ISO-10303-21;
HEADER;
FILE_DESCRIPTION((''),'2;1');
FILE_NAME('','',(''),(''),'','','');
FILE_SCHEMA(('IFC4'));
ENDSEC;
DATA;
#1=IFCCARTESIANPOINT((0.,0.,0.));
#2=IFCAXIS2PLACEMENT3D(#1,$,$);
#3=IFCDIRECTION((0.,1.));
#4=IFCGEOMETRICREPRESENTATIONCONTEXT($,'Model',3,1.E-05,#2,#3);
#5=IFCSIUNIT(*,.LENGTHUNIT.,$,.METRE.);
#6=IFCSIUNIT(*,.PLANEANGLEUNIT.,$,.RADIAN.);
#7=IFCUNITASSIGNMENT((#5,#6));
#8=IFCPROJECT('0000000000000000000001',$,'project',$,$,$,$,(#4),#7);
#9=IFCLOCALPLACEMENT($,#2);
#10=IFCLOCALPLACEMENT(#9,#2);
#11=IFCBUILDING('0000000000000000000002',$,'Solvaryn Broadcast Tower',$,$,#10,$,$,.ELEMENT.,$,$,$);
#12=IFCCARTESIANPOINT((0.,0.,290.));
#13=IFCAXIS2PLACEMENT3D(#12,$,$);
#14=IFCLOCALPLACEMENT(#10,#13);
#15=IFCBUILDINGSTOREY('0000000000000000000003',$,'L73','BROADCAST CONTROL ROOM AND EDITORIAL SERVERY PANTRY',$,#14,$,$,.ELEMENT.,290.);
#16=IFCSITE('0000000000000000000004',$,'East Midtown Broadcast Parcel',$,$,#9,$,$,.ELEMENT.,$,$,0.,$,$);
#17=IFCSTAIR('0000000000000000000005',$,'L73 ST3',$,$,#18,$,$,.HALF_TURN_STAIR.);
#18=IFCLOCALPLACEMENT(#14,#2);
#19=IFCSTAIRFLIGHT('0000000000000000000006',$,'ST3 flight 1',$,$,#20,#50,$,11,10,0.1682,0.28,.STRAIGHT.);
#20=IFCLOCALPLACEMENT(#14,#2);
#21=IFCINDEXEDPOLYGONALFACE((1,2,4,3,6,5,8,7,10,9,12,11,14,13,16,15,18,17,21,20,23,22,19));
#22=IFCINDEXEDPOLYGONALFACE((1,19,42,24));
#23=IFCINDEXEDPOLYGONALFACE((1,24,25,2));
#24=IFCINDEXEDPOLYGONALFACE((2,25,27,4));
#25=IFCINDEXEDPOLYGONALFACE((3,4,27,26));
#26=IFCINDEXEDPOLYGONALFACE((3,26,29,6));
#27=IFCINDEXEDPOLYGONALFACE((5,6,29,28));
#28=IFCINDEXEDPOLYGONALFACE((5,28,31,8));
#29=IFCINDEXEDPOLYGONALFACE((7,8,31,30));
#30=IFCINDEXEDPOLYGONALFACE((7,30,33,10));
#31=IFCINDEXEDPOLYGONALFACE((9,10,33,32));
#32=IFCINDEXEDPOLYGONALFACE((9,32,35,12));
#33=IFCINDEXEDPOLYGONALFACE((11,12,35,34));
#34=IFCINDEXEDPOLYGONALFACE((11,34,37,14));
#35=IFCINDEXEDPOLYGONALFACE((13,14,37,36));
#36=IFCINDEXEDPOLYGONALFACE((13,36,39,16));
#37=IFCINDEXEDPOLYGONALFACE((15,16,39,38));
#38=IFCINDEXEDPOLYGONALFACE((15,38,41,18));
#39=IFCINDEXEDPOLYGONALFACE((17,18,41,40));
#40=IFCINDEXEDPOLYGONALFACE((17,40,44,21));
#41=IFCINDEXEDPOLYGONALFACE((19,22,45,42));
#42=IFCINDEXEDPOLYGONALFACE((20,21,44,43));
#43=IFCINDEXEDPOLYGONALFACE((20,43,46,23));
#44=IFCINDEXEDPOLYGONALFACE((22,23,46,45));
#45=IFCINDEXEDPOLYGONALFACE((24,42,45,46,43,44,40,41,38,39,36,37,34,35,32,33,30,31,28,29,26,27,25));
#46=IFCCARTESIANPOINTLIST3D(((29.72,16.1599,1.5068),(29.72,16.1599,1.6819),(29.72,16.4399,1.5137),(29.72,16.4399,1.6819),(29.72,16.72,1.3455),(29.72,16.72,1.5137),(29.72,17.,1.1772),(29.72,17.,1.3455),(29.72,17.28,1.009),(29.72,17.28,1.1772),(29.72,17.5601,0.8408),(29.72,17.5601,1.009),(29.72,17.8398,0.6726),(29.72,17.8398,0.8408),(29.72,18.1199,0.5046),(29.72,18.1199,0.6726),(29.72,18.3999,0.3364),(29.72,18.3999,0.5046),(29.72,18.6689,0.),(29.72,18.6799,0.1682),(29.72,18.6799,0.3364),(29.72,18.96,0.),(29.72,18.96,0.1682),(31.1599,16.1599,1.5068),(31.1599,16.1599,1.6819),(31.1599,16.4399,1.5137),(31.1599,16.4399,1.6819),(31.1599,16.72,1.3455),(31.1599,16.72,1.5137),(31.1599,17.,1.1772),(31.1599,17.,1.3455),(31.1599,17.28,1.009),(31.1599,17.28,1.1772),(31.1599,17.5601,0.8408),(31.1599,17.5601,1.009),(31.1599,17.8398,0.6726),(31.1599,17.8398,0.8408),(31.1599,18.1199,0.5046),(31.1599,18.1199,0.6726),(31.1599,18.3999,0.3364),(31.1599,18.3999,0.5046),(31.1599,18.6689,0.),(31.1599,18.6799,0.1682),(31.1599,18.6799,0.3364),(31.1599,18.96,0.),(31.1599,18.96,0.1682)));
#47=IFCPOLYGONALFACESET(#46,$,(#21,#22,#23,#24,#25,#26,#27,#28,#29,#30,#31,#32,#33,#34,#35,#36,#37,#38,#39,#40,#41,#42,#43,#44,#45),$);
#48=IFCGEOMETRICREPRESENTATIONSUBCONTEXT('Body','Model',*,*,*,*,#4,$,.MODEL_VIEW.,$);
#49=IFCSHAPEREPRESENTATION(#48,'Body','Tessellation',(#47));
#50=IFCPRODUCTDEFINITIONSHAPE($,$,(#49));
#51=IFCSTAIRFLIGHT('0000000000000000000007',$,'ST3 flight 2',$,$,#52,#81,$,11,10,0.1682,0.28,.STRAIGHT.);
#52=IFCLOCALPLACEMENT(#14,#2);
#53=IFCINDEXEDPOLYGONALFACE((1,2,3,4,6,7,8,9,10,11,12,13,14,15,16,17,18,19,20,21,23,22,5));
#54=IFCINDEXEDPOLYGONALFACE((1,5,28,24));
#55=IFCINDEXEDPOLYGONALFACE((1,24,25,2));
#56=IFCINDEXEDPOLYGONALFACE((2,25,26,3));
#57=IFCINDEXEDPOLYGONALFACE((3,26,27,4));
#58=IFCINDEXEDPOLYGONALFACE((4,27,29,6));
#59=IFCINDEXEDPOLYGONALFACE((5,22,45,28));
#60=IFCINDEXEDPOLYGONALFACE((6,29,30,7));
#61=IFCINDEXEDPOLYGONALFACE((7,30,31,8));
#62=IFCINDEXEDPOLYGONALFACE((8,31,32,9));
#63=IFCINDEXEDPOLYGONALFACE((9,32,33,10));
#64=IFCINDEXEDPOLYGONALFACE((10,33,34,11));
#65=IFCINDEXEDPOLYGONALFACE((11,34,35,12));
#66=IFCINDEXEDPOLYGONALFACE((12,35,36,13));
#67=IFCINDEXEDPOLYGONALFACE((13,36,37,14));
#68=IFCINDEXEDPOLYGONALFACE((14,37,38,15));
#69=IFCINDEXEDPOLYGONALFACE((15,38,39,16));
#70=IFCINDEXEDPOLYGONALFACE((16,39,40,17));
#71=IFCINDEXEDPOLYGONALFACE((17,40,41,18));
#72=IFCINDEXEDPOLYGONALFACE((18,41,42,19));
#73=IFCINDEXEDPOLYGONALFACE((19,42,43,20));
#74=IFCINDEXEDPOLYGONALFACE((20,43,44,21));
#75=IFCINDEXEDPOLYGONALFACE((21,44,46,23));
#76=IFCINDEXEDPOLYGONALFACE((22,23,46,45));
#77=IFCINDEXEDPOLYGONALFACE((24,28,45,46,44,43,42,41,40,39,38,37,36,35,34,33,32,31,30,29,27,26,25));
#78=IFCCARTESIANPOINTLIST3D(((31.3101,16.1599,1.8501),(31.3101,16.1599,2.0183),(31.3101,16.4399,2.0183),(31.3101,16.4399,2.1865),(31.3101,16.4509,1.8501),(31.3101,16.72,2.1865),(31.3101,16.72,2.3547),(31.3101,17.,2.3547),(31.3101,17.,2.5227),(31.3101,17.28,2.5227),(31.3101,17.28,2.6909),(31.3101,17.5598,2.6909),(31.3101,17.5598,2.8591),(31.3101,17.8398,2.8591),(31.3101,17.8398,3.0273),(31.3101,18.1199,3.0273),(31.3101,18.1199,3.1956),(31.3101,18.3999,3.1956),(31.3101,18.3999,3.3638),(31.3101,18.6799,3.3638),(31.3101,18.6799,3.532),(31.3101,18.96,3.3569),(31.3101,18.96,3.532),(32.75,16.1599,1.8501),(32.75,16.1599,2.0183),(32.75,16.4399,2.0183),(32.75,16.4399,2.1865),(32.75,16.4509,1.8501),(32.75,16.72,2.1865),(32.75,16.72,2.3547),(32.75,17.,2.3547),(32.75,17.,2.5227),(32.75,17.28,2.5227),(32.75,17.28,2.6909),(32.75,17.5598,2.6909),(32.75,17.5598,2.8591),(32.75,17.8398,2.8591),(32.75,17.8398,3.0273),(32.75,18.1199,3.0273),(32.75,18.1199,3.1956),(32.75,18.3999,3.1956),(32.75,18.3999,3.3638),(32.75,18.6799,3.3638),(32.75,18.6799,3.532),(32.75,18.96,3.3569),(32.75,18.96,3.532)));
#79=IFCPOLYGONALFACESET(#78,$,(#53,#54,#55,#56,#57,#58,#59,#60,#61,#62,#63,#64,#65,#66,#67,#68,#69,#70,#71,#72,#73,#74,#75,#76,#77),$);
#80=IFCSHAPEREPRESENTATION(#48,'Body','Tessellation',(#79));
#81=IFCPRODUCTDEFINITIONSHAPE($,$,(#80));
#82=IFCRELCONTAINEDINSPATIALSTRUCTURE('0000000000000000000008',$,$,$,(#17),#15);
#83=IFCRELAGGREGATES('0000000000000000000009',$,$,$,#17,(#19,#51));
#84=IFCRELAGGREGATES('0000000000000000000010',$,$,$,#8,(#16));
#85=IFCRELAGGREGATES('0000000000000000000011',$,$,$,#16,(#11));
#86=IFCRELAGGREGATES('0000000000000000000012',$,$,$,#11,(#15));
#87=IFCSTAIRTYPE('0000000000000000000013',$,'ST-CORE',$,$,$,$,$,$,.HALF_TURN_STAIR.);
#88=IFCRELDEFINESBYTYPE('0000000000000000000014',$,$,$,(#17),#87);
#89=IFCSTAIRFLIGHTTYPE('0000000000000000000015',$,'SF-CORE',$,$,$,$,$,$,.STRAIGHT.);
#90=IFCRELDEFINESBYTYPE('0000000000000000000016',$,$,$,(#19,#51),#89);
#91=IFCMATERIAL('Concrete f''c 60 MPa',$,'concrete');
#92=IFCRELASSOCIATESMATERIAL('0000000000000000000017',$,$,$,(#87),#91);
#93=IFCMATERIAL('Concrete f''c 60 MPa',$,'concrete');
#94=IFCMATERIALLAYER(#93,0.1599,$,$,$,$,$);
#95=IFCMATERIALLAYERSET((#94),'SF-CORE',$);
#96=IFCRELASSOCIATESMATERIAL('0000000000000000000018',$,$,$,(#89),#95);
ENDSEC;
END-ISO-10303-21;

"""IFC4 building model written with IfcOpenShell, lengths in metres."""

from ifc_helpers import new_model, si_unit, direction, frame, origin, place, context, subcontext, project, spatial, polyline, outline, extrude, material, layer, layer_set, type_object, element, aggregate, save


model = new_model("IFC4")

# Units and contexts
model_context = context("Model", 3, precision=1e-05, world=origin(), true_north=direction((0.0, 1.0)))
body_context = subcontext(model_context, "Body", "Model", "MODEL_VIEW")
ifc_project = project(units=[si_unit("LENGTHUNIT", "METRE"), si_unit("PLANEANGLEUNIT", "RADIAN")], contexts=[model_context])

# Site, building, storey
site_placement = place(None, origin())
site = spatial("IfcSite", under=ifc_project, at=site_placement, Name="East Midtown Broadcast Parcel", CompositionType="ELEMENT", RefElevation=0.0)
building_placement = place(site_placement, origin())
building = spatial("IfcBuilding", under=site, at=building_placement, Name="Solvaryn Broadcast Tower", CompositionType="ELEMENT")
storey_placement = place(building_placement, frame((0.0, 0.0, 290.0)))
storey = spatial("IfcBuildingStorey", under=building, at=storey_placement, Name="L73", Description="BROADCAST CONTROL ROOM AND EDITORIAL SERVERY PANTRY", CompositionType="ELEMENT", Elevation=290.0)

# Stair, stair flights
ifc_material_1 = material(Name="Concrete f'c 60 MPa", Category="concrete")
stair_type = type_object("IfcStairType", Name="ST-CORE", PredefinedType="HALF_TURN_STAIR", material=ifc_material_1)
stair_placement = place(storey_placement, origin())
stair = element("IfcStair", 1, at=stair_placement, inside=storey, type_object=stair_type, Name="L73 ST3", PredefinedType="HALF_TURN_STAIR")
ifc_material_2 = material(Name="Concrete f'c 60 MPa", Category="concrete")
ifc_layer_1 = layer(ifc_material_2, 0.1599)
ifc_layer_set_1 = layer_set([ifc_layer_1], Name="SF-CORE")
stair_flight_type = type_object("IfcStairFlightType", Name="SF-CORE", PredefinedType="STRAIGHT", material=ifc_layer_set_1)
stair_flight_1_placement = place(storey_placement, frame((30.4399, 18.96, 0.0), z_axis=(0.0, 0.0, 1.0), x_axis=(0.0, -1.0, 0.0)))
stair_flight_1 = element("IfcStairFlight", 2, at=stair_flight_1_placement, type_object=stair_flight_type, Name="ST3 flight 1", NumberOfRisers=11, NumberOfTreads=10, PredefinedType="STRAIGHT", RiserHeight=0.1682, TreadLength=0.28, context=body_context, shape_type="SweptSolid", body=[
    extrude(outline(polyline([(0.0, 0.0), (0.0, 0.1682), (0.28, 0.1682), (0.28, 0.3364), (0.5601, 0.3364), (0.5601, 0.5046), (0.8401, 0.5046), (0.8401, 0.6726), (1.1201, 0.6726), (1.1201, 0.8408), (1.3999, 0.8408), (1.3999, 1.009), (1.6799, 1.009), (1.6799, 1.1772), (1.96, 1.1772), (1.96, 1.3455), (2.24, 1.3455), (2.24, 1.5137), (2.52, 1.5137), (2.52, 1.6819), (2.8, 1.6819), (2.8, 1.8501), (2.8, 1.5068), (0.291, 0.0), (0.0, 0.0)])), frame((0.0, 0.72, 0.0), z_axis=(0.0, -1.0, 0.0), x_axis=(1.0, 0.0, 0.0)), (0.0, 0.0, 1.0), 1.4399),
])
stair_flight_2_placement = place(storey_placement, frame((32.03, 16.1599, 1.8501), z_axis=(0.0, 0.0, 1.0), x_axis=(0.0, 1.0, 0.0)))
stair_flight_2 = element("IfcStairFlight", 3, at=stair_flight_2_placement, type_object=stair_flight_type, Name="ST3 flight 2", NumberOfRisers=11, NumberOfTreads=10, PredefinedType="STRAIGHT", RiserHeight=0.1682, TreadLength=0.28, context=body_context, shape_type="SweptSolid", body=[
    extrude(outline(polyline([(0.0, 0.0), (0.0, 0.1682), (0.28, 0.1682), (0.28, 0.3364), (0.5601, 0.3364), (0.5601, 0.5046), (0.8401, 0.5046), (0.8401, 0.6726), (1.1201, 0.6726), (1.1201, 0.8408), (1.3999, 0.8408), (1.3999, 1.009), (1.6799, 1.009), (1.6799, 1.1772), (1.96, 1.1772), (1.96, 1.3455), (2.24, 1.3455), (2.24, 1.5137), (2.52, 1.5137), (2.52, 1.6819), (2.8, 1.6819), (2.8, 1.8501), (2.8, 1.5068), (0.291, 0.0), (0.0, 0.0)])), frame((0.0, 0.72, 0.0), z_axis=(0.0, -1.0, 0.0), x_axis=(1.0, 0.0, 0.0)), (0.0, 0.0, 1.0), 1.4399),
])
aggregate(stair, [stair_flight_1, stair_flight_2])

save(model, "model.ifc")
